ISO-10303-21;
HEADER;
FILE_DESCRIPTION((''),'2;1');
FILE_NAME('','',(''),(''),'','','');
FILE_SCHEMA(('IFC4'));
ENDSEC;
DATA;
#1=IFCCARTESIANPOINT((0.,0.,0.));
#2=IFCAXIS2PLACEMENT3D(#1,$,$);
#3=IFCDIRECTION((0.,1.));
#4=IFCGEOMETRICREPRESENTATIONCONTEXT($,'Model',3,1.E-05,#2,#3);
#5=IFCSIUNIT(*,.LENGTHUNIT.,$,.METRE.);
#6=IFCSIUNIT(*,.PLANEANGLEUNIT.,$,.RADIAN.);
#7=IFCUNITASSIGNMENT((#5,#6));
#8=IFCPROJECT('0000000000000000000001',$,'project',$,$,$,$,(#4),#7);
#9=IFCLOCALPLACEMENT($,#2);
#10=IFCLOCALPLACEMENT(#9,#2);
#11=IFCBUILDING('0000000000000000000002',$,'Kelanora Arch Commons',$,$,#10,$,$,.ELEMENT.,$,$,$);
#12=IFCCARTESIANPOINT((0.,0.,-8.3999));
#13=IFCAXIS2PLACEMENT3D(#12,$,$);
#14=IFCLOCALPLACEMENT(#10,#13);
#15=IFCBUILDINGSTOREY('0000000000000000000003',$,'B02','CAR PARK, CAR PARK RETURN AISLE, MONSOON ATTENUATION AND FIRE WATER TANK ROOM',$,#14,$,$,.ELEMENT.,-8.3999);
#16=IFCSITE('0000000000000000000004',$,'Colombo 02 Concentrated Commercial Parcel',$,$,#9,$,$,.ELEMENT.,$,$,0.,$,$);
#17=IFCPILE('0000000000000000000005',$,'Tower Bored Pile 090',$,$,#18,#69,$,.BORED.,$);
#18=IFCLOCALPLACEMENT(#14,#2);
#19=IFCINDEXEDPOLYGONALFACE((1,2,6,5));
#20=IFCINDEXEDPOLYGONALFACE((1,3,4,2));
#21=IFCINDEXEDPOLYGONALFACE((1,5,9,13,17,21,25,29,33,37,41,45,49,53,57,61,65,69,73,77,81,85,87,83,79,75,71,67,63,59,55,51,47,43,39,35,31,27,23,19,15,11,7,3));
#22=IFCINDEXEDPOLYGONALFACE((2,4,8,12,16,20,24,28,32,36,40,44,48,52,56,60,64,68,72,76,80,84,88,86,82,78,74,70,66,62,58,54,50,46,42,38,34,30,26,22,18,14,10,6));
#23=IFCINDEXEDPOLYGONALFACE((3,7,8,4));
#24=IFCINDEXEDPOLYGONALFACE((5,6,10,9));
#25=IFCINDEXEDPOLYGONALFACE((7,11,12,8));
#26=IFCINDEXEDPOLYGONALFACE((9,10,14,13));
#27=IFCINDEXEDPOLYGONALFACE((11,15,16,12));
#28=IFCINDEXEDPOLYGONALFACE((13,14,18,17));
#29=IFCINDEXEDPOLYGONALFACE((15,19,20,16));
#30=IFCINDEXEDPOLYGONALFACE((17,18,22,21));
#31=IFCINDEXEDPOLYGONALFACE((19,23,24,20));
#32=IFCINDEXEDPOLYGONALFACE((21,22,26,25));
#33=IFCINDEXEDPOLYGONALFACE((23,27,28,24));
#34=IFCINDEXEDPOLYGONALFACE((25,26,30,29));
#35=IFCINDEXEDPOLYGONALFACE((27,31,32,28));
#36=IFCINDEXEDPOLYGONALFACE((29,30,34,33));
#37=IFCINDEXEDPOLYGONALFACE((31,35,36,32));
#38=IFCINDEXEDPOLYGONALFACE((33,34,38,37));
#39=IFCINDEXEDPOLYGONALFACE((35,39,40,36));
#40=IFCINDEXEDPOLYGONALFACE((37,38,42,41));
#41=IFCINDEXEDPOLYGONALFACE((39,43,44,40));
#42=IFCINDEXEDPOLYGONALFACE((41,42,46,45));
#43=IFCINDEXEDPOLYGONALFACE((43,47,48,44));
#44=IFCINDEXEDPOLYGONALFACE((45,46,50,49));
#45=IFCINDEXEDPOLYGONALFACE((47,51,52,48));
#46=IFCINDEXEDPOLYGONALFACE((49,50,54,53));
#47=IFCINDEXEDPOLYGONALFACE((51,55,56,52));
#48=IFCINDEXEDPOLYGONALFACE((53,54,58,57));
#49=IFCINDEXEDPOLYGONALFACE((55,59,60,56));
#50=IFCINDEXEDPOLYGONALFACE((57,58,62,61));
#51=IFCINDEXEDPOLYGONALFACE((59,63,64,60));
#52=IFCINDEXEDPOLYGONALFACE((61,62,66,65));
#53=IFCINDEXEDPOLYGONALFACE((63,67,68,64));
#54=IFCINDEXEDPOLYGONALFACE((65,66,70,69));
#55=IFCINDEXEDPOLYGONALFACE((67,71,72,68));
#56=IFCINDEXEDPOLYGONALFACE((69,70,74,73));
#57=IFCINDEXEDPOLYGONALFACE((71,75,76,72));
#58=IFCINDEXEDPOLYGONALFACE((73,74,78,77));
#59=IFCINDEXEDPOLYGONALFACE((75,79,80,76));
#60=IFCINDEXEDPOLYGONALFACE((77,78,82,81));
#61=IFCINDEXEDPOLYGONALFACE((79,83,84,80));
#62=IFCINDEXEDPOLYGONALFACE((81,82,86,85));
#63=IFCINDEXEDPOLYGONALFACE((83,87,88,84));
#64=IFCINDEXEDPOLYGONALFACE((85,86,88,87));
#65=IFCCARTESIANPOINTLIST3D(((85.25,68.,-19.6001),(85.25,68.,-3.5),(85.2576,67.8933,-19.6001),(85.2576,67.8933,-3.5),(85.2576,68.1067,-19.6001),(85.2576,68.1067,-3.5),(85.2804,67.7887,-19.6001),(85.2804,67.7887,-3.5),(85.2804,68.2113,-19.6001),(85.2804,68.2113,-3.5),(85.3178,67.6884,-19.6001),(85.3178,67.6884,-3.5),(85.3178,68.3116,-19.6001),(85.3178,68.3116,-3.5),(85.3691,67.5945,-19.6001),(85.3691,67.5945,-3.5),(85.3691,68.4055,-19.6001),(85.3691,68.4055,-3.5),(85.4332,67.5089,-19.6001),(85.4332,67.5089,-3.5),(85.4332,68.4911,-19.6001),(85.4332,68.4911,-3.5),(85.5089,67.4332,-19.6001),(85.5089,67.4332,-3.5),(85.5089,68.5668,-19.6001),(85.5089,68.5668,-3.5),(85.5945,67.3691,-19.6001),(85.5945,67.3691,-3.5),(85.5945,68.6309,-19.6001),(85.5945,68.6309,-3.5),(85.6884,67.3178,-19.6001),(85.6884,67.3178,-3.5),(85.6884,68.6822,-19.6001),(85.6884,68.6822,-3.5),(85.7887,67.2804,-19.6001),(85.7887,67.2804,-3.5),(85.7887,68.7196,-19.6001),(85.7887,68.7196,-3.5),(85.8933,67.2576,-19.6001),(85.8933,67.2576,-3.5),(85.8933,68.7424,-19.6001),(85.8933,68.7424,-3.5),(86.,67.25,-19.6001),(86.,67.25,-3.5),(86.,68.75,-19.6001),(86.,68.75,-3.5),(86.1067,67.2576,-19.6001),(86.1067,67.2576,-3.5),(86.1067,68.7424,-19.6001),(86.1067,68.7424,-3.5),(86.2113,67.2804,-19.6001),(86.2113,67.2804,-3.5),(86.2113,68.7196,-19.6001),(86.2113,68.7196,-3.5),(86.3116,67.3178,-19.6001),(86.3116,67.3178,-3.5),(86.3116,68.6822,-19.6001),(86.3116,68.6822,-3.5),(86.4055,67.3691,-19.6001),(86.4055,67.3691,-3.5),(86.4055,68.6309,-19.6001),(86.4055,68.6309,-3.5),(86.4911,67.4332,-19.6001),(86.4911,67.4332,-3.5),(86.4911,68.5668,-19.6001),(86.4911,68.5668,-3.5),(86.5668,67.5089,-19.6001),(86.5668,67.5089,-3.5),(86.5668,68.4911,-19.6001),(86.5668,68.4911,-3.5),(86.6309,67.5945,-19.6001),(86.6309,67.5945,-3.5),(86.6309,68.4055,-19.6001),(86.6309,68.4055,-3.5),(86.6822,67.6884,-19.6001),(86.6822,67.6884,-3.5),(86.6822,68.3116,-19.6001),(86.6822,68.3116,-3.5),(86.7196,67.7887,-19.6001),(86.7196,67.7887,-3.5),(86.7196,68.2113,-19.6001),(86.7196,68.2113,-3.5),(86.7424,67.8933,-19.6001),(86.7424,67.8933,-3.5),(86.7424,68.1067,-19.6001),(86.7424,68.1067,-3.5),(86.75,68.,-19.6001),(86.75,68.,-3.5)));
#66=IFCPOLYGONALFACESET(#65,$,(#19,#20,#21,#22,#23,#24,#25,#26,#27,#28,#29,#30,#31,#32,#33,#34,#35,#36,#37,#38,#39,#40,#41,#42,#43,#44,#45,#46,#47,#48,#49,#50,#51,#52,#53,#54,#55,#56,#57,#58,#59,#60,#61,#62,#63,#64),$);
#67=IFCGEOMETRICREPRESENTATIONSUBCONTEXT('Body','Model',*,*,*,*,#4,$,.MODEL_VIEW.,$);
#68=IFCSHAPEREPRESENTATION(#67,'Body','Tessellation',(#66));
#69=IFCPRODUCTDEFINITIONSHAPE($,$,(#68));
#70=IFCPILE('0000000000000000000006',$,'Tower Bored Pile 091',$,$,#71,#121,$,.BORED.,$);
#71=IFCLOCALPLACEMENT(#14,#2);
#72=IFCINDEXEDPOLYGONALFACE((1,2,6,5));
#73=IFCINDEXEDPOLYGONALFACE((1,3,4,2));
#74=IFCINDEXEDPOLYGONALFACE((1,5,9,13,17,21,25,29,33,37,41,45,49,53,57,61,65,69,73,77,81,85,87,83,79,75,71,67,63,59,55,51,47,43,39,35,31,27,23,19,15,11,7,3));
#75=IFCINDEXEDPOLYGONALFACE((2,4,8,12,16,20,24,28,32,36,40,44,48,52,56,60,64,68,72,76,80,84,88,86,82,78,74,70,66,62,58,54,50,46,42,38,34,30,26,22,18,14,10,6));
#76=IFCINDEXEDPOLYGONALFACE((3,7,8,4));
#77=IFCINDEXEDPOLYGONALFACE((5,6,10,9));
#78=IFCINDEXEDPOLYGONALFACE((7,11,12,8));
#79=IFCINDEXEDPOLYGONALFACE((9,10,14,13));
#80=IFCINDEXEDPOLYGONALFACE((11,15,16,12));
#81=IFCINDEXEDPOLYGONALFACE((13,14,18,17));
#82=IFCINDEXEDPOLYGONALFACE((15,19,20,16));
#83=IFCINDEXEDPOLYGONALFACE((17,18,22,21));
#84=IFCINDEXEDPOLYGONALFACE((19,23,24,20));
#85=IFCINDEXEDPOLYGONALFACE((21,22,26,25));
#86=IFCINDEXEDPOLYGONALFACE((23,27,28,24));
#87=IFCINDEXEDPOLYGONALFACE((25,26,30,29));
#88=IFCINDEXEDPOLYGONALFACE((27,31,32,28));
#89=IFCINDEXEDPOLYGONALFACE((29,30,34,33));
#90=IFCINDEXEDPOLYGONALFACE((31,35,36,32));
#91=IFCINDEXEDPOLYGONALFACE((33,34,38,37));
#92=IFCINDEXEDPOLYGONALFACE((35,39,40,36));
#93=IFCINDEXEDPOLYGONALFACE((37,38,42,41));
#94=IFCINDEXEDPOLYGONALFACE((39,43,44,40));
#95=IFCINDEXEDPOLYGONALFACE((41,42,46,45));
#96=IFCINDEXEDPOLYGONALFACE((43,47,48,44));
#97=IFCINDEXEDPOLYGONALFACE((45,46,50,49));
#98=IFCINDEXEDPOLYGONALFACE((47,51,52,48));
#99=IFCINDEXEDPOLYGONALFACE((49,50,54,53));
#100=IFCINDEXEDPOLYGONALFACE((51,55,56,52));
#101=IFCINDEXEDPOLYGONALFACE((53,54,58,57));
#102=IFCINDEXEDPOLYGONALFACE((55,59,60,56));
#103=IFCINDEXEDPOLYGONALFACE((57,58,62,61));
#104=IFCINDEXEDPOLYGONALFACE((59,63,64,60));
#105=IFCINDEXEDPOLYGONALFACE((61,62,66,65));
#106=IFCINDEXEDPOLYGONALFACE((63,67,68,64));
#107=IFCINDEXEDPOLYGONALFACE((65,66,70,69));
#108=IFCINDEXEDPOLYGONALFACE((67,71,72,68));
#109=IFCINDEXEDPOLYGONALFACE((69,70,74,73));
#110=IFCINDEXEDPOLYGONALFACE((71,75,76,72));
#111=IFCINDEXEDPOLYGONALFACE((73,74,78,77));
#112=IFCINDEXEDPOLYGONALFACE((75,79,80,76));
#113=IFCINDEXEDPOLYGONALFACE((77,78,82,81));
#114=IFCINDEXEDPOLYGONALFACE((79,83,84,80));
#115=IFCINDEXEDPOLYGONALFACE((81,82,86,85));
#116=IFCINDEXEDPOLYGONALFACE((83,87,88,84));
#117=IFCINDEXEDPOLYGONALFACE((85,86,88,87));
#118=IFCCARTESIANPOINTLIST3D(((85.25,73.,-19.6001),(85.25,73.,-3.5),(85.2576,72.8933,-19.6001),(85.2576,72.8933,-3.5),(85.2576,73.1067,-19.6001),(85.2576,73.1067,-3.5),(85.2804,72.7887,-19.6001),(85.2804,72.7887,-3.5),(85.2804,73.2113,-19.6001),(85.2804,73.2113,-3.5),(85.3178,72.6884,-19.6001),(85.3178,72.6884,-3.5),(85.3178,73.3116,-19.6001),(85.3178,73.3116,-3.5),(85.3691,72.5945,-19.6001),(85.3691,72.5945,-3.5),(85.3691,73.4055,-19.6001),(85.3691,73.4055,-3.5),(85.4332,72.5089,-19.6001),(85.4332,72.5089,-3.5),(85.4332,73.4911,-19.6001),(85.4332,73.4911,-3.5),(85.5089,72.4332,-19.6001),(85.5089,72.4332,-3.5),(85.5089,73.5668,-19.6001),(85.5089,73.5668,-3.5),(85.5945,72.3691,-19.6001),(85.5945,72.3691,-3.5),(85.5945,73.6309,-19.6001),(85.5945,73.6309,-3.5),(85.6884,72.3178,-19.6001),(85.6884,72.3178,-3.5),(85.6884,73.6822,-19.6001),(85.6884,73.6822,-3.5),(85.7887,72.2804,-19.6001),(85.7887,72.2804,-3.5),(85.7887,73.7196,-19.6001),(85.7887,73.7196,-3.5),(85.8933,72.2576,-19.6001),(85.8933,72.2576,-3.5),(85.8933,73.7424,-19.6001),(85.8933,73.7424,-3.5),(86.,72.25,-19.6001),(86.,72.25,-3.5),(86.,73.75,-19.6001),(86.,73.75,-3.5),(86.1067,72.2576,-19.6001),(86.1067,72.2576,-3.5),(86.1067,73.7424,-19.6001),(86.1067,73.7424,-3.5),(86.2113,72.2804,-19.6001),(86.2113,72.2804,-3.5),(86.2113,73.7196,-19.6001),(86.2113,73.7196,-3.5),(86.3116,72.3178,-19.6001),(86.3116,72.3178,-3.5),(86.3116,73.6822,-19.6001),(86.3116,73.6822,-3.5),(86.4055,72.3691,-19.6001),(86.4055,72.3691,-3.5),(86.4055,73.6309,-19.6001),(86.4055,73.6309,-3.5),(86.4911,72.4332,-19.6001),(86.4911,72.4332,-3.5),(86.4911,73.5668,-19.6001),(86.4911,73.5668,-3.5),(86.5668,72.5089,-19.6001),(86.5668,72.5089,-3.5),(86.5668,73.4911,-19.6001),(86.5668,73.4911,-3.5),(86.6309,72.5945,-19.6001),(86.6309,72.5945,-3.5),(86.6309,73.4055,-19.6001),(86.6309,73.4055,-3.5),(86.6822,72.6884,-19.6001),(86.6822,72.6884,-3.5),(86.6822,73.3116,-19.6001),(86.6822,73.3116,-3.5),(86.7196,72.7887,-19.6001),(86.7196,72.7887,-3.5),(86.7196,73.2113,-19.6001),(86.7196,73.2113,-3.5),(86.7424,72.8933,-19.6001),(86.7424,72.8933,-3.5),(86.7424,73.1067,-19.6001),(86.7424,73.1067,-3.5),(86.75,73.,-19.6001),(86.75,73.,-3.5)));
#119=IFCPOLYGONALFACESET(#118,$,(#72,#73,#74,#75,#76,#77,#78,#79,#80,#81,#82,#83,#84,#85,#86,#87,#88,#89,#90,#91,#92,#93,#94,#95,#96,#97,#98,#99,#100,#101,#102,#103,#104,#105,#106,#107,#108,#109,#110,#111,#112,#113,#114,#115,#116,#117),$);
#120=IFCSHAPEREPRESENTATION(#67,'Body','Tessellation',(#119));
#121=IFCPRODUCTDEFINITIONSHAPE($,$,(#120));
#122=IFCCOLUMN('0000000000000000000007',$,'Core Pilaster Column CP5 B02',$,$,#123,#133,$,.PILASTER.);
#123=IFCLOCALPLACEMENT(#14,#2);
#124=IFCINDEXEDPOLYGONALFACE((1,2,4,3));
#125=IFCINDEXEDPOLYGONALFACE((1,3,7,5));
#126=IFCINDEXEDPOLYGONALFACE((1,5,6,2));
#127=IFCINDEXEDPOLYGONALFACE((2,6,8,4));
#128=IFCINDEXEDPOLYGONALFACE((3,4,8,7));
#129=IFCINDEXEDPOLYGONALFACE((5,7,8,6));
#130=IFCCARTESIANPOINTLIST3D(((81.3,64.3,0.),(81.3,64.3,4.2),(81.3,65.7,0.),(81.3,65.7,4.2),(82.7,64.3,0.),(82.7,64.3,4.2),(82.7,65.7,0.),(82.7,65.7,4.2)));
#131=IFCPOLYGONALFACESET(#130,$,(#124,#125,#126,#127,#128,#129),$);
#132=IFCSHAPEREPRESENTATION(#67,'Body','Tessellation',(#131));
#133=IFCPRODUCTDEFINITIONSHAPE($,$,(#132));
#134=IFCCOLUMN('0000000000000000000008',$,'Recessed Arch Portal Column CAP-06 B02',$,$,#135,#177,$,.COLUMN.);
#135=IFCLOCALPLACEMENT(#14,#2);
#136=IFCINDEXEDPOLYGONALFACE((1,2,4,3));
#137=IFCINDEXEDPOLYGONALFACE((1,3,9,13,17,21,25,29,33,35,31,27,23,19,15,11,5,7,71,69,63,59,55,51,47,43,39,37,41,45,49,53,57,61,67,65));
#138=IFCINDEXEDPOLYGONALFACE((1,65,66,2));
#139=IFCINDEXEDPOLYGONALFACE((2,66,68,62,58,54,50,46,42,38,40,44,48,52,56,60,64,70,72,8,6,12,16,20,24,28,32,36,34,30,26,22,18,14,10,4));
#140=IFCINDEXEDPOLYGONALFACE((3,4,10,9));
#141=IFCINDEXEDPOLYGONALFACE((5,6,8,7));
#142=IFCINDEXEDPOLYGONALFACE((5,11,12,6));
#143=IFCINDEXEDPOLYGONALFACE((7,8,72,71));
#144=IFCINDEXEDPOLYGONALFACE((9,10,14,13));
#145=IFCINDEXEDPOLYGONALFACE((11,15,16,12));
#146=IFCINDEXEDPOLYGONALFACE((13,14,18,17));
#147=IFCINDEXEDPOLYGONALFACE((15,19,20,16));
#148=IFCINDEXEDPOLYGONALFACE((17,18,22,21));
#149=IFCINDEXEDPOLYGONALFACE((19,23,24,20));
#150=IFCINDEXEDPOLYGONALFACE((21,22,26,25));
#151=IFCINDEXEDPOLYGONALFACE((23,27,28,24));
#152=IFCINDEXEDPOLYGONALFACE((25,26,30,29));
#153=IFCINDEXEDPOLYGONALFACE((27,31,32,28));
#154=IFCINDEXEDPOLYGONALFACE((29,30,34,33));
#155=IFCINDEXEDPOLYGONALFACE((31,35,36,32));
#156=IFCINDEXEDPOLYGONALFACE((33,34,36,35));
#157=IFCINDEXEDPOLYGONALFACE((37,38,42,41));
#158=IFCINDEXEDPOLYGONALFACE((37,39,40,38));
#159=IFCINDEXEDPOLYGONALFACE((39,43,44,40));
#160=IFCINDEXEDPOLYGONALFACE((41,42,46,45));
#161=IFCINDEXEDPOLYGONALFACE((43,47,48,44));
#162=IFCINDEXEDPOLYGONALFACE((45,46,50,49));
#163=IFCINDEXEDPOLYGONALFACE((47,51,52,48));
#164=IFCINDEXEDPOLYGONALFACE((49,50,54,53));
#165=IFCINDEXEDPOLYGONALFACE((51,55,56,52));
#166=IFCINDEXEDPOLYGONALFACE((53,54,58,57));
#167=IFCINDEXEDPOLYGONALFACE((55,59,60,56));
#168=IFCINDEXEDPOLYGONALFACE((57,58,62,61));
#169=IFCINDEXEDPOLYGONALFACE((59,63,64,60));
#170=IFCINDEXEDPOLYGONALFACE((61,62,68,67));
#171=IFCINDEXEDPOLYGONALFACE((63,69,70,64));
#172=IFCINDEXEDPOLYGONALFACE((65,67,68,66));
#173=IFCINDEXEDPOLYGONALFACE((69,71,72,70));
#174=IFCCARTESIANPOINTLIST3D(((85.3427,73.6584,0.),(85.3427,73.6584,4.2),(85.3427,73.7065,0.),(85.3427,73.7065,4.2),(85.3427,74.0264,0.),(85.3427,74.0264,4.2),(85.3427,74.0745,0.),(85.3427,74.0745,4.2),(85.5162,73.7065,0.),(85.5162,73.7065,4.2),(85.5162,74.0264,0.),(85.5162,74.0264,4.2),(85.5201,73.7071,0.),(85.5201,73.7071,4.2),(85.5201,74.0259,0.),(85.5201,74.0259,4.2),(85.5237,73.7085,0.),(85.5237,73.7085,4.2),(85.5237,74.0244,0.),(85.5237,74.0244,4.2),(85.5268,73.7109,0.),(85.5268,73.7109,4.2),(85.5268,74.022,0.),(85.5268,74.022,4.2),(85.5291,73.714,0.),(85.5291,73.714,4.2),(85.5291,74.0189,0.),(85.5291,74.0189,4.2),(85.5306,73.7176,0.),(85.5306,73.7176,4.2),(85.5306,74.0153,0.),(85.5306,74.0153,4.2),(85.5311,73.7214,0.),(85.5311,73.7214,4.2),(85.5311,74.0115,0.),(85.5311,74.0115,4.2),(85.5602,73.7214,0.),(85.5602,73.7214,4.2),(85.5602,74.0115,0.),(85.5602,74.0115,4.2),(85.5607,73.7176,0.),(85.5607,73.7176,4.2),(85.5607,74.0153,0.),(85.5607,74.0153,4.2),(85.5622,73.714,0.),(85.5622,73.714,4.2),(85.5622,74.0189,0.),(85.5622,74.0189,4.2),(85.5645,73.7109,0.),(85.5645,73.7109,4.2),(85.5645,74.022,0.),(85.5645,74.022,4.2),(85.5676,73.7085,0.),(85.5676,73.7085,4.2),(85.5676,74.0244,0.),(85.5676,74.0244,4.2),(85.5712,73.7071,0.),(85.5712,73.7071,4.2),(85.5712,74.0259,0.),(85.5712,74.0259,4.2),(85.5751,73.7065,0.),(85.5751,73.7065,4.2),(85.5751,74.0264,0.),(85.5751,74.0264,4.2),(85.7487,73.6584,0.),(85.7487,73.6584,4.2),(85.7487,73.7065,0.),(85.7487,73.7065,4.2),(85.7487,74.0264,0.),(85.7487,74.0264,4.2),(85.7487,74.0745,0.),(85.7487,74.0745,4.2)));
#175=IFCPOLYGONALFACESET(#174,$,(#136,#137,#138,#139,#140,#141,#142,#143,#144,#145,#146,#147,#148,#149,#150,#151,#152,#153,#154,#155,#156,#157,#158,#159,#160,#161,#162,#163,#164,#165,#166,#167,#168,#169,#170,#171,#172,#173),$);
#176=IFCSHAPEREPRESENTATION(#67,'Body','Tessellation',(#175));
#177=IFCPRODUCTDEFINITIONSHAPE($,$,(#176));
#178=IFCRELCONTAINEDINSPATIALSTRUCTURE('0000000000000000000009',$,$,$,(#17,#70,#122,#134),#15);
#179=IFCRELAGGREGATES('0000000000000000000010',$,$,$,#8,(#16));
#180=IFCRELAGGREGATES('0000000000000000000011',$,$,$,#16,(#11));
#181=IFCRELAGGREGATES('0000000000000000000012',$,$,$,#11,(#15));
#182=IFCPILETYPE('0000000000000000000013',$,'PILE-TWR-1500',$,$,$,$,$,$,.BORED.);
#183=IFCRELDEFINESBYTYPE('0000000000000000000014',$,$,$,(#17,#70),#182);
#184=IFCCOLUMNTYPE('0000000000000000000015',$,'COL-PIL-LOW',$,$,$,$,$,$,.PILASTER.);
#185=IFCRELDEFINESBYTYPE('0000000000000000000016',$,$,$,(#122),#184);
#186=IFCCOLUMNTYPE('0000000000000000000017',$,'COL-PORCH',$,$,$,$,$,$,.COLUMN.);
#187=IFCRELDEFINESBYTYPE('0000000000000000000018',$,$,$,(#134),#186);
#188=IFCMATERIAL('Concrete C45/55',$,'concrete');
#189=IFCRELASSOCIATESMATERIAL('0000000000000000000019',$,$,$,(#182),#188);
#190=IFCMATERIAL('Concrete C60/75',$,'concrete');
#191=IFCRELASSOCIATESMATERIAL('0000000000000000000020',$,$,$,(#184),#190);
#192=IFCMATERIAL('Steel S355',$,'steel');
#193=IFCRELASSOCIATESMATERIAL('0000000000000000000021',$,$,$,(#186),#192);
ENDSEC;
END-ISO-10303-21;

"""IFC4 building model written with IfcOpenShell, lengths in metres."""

from ifc_helpers import new_model, si_unit, direction, frame, origin, origin_2d, place, context, subcontext, project, spatial, rectangle, circle, i_section, extrude, source, transform, mapped, material, material_profile, profile_set, type_object, element, save


model = new_model("IFC4")

# Units and contexts
model_context = context("Model", 3, precision=1e-05, world=origin(), true_north=direction((0.0, 1.0)))
body_context = subcontext(model_context, "Body", "Model", "MODEL_VIEW")
ifc_project = project(units=[si_unit("LENGTHUNIT", "METRE"), si_unit("PLANEANGLEUNIT", "RADIAN")], contexts=[model_context])

# Site, building, storey
site_placement = place(None, origin())
site = spatial("IfcSite", under=ifc_project, at=site_placement, Name="Colombo 02 Concentrated Commercial Parcel", CompositionType="ELEMENT", RefElevation=0.0)
building_placement = place(site_placement, origin())
building = spatial("IfcBuilding", under=site, at=building_placement, Name="Kelanora Arch Commons", CompositionType="ELEMENT")
storey_placement = place(building_placement, frame((0.0, 0.0, -8.3999)))
storey = spatial("IfcBuildingStorey", under=building, at=storey_placement, Name="B02", Description="CAR PARK, CAR PARK RETURN AISLE, MONSOON ATTENUATION AND FIRE WATER TANK ROOM", CompositionType="ELEMENT", Elevation=-8.3999)

# Piles
ifc_material_1 = material(Name="Concrete C45/55", Category="concrete")
ifc_material_profile_1 = material_profile(ifc_material_1, circle(Radius=0.75, at=origin_2d()), Name="PILE1500")
ifc_profile_set_1 = profile_set([ifc_material_profile_1], Name="Concrete C45/55")
pile_type = type_object("IfcPileType", Name="PILE-TWR-1500", PredefinedType="BORED", material=ifc_profile_set_1)
shared_shape = source(origin(), body_context, "Body", "SweptSolid", [
    extrude(circle(Radius=0.75, at=origin_2d()), origin(), (0.0, 0.0, 1.0), 16.1001),
])
for number, where, z_axis, x_axis, name in (
    (1, (86.0, 68.0, -3.5), (0.0, 0.0, -1.0), (1.0, 0.0, 0.0), "Tower Bored Pile 090"),
    (2, (86.0, 73.0, -3.5), (0.0, 0.0, -1.0), (1.0, 0.0, 0.0), "Tower Bored Pile 091"),
):
    element("IfcPile", number, at=place(storey_placement, frame(where, z_axis=z_axis, x_axis=x_axis)), inside=storey, type_object=pile_type, Name=name, PredefinedType="BORED", context=body_context, shape_type="MappedRepresentation", body=[
        mapped(shared_shape, transform((0.0, 0.0, 0.0), scale=1.0)),
    ])

# Columns
ifc_material_2 = material(Name="Concrete C60/75", Category="concrete")
ifc_material_profile_2 = material_profile(ifc_material_2, rectangle(XDim=1.3999, YDim=1.3999, at=origin_2d()), Name="RC1400x1400")
ifc_profile_set_2 = profile_set([ifc_material_profile_2], Name="Concrete C60/75")
column_type_1 = type_object("IfcColumnType", Name="COL-PIL-LOW", PredefinedType="PILASTER", material=ifc_profile_set_2)
column_1_placement = place(storey_placement, frame((82.0, 65.0, 0.0), z_axis=(0.0, 0.0, 1.0), x_axis=(1.0, 0.0, 0.0)))
element("IfcColumn", 3, at=column_1_placement, inside=storey, type_object=column_type_1, Name="Core Pilaster Column CP5 B02", PredefinedType="PILASTER", context=body_context, shape_type="SweptSolid", body=[
    extrude(rectangle(XDim=1.3999, YDim=1.3999, at=origin_2d()), origin(), (0.0, 0.0, 1.0), 4.2),
])
ifc_material_3 = material(Name="Steel S355", Category="steel")
ifc_material_profile_3 = material_profile(ifc_material_3, i_section(OverallWidth=0.406, OverallDepth=0.416, WebThickness=0.0291, FlangeThickness=0.0481, FilletRadius=0.0149, at=origin_2d()), Name="HD400x382")
ifc_profile_set_3 = profile_set([ifc_material_profile_3], Name="Steel S355")
column_type_2 = type_object("IfcColumnType", Name="COL-PORCH", PredefinedType="COLUMN", material=ifc_profile_set_3)
column_2_placement = place(storey_placement, frame((85.5457, 73.8665, 0.0), z_axis=(0.0, 0.0, 1.0), x_axis=(1.0, 0.0, 0.0)))
element("IfcColumn", 4, at=column_2_placement, inside=storey, type_object=column_type_2, Name="Recessed Arch Portal Column CAP-06 B02", PredefinedType="COLUMN", context=body_context, shape_type="SweptSolid", body=[
    extrude(i_section(OverallWidth=0.406, OverallDepth=0.416, WebThickness=0.0291, FlangeThickness=0.0481, FilletRadius=0.0149, at=origin_2d()), origin(), (0.0, 0.0, 1.0), 4.2),
])

save(model, "model.ifc")
